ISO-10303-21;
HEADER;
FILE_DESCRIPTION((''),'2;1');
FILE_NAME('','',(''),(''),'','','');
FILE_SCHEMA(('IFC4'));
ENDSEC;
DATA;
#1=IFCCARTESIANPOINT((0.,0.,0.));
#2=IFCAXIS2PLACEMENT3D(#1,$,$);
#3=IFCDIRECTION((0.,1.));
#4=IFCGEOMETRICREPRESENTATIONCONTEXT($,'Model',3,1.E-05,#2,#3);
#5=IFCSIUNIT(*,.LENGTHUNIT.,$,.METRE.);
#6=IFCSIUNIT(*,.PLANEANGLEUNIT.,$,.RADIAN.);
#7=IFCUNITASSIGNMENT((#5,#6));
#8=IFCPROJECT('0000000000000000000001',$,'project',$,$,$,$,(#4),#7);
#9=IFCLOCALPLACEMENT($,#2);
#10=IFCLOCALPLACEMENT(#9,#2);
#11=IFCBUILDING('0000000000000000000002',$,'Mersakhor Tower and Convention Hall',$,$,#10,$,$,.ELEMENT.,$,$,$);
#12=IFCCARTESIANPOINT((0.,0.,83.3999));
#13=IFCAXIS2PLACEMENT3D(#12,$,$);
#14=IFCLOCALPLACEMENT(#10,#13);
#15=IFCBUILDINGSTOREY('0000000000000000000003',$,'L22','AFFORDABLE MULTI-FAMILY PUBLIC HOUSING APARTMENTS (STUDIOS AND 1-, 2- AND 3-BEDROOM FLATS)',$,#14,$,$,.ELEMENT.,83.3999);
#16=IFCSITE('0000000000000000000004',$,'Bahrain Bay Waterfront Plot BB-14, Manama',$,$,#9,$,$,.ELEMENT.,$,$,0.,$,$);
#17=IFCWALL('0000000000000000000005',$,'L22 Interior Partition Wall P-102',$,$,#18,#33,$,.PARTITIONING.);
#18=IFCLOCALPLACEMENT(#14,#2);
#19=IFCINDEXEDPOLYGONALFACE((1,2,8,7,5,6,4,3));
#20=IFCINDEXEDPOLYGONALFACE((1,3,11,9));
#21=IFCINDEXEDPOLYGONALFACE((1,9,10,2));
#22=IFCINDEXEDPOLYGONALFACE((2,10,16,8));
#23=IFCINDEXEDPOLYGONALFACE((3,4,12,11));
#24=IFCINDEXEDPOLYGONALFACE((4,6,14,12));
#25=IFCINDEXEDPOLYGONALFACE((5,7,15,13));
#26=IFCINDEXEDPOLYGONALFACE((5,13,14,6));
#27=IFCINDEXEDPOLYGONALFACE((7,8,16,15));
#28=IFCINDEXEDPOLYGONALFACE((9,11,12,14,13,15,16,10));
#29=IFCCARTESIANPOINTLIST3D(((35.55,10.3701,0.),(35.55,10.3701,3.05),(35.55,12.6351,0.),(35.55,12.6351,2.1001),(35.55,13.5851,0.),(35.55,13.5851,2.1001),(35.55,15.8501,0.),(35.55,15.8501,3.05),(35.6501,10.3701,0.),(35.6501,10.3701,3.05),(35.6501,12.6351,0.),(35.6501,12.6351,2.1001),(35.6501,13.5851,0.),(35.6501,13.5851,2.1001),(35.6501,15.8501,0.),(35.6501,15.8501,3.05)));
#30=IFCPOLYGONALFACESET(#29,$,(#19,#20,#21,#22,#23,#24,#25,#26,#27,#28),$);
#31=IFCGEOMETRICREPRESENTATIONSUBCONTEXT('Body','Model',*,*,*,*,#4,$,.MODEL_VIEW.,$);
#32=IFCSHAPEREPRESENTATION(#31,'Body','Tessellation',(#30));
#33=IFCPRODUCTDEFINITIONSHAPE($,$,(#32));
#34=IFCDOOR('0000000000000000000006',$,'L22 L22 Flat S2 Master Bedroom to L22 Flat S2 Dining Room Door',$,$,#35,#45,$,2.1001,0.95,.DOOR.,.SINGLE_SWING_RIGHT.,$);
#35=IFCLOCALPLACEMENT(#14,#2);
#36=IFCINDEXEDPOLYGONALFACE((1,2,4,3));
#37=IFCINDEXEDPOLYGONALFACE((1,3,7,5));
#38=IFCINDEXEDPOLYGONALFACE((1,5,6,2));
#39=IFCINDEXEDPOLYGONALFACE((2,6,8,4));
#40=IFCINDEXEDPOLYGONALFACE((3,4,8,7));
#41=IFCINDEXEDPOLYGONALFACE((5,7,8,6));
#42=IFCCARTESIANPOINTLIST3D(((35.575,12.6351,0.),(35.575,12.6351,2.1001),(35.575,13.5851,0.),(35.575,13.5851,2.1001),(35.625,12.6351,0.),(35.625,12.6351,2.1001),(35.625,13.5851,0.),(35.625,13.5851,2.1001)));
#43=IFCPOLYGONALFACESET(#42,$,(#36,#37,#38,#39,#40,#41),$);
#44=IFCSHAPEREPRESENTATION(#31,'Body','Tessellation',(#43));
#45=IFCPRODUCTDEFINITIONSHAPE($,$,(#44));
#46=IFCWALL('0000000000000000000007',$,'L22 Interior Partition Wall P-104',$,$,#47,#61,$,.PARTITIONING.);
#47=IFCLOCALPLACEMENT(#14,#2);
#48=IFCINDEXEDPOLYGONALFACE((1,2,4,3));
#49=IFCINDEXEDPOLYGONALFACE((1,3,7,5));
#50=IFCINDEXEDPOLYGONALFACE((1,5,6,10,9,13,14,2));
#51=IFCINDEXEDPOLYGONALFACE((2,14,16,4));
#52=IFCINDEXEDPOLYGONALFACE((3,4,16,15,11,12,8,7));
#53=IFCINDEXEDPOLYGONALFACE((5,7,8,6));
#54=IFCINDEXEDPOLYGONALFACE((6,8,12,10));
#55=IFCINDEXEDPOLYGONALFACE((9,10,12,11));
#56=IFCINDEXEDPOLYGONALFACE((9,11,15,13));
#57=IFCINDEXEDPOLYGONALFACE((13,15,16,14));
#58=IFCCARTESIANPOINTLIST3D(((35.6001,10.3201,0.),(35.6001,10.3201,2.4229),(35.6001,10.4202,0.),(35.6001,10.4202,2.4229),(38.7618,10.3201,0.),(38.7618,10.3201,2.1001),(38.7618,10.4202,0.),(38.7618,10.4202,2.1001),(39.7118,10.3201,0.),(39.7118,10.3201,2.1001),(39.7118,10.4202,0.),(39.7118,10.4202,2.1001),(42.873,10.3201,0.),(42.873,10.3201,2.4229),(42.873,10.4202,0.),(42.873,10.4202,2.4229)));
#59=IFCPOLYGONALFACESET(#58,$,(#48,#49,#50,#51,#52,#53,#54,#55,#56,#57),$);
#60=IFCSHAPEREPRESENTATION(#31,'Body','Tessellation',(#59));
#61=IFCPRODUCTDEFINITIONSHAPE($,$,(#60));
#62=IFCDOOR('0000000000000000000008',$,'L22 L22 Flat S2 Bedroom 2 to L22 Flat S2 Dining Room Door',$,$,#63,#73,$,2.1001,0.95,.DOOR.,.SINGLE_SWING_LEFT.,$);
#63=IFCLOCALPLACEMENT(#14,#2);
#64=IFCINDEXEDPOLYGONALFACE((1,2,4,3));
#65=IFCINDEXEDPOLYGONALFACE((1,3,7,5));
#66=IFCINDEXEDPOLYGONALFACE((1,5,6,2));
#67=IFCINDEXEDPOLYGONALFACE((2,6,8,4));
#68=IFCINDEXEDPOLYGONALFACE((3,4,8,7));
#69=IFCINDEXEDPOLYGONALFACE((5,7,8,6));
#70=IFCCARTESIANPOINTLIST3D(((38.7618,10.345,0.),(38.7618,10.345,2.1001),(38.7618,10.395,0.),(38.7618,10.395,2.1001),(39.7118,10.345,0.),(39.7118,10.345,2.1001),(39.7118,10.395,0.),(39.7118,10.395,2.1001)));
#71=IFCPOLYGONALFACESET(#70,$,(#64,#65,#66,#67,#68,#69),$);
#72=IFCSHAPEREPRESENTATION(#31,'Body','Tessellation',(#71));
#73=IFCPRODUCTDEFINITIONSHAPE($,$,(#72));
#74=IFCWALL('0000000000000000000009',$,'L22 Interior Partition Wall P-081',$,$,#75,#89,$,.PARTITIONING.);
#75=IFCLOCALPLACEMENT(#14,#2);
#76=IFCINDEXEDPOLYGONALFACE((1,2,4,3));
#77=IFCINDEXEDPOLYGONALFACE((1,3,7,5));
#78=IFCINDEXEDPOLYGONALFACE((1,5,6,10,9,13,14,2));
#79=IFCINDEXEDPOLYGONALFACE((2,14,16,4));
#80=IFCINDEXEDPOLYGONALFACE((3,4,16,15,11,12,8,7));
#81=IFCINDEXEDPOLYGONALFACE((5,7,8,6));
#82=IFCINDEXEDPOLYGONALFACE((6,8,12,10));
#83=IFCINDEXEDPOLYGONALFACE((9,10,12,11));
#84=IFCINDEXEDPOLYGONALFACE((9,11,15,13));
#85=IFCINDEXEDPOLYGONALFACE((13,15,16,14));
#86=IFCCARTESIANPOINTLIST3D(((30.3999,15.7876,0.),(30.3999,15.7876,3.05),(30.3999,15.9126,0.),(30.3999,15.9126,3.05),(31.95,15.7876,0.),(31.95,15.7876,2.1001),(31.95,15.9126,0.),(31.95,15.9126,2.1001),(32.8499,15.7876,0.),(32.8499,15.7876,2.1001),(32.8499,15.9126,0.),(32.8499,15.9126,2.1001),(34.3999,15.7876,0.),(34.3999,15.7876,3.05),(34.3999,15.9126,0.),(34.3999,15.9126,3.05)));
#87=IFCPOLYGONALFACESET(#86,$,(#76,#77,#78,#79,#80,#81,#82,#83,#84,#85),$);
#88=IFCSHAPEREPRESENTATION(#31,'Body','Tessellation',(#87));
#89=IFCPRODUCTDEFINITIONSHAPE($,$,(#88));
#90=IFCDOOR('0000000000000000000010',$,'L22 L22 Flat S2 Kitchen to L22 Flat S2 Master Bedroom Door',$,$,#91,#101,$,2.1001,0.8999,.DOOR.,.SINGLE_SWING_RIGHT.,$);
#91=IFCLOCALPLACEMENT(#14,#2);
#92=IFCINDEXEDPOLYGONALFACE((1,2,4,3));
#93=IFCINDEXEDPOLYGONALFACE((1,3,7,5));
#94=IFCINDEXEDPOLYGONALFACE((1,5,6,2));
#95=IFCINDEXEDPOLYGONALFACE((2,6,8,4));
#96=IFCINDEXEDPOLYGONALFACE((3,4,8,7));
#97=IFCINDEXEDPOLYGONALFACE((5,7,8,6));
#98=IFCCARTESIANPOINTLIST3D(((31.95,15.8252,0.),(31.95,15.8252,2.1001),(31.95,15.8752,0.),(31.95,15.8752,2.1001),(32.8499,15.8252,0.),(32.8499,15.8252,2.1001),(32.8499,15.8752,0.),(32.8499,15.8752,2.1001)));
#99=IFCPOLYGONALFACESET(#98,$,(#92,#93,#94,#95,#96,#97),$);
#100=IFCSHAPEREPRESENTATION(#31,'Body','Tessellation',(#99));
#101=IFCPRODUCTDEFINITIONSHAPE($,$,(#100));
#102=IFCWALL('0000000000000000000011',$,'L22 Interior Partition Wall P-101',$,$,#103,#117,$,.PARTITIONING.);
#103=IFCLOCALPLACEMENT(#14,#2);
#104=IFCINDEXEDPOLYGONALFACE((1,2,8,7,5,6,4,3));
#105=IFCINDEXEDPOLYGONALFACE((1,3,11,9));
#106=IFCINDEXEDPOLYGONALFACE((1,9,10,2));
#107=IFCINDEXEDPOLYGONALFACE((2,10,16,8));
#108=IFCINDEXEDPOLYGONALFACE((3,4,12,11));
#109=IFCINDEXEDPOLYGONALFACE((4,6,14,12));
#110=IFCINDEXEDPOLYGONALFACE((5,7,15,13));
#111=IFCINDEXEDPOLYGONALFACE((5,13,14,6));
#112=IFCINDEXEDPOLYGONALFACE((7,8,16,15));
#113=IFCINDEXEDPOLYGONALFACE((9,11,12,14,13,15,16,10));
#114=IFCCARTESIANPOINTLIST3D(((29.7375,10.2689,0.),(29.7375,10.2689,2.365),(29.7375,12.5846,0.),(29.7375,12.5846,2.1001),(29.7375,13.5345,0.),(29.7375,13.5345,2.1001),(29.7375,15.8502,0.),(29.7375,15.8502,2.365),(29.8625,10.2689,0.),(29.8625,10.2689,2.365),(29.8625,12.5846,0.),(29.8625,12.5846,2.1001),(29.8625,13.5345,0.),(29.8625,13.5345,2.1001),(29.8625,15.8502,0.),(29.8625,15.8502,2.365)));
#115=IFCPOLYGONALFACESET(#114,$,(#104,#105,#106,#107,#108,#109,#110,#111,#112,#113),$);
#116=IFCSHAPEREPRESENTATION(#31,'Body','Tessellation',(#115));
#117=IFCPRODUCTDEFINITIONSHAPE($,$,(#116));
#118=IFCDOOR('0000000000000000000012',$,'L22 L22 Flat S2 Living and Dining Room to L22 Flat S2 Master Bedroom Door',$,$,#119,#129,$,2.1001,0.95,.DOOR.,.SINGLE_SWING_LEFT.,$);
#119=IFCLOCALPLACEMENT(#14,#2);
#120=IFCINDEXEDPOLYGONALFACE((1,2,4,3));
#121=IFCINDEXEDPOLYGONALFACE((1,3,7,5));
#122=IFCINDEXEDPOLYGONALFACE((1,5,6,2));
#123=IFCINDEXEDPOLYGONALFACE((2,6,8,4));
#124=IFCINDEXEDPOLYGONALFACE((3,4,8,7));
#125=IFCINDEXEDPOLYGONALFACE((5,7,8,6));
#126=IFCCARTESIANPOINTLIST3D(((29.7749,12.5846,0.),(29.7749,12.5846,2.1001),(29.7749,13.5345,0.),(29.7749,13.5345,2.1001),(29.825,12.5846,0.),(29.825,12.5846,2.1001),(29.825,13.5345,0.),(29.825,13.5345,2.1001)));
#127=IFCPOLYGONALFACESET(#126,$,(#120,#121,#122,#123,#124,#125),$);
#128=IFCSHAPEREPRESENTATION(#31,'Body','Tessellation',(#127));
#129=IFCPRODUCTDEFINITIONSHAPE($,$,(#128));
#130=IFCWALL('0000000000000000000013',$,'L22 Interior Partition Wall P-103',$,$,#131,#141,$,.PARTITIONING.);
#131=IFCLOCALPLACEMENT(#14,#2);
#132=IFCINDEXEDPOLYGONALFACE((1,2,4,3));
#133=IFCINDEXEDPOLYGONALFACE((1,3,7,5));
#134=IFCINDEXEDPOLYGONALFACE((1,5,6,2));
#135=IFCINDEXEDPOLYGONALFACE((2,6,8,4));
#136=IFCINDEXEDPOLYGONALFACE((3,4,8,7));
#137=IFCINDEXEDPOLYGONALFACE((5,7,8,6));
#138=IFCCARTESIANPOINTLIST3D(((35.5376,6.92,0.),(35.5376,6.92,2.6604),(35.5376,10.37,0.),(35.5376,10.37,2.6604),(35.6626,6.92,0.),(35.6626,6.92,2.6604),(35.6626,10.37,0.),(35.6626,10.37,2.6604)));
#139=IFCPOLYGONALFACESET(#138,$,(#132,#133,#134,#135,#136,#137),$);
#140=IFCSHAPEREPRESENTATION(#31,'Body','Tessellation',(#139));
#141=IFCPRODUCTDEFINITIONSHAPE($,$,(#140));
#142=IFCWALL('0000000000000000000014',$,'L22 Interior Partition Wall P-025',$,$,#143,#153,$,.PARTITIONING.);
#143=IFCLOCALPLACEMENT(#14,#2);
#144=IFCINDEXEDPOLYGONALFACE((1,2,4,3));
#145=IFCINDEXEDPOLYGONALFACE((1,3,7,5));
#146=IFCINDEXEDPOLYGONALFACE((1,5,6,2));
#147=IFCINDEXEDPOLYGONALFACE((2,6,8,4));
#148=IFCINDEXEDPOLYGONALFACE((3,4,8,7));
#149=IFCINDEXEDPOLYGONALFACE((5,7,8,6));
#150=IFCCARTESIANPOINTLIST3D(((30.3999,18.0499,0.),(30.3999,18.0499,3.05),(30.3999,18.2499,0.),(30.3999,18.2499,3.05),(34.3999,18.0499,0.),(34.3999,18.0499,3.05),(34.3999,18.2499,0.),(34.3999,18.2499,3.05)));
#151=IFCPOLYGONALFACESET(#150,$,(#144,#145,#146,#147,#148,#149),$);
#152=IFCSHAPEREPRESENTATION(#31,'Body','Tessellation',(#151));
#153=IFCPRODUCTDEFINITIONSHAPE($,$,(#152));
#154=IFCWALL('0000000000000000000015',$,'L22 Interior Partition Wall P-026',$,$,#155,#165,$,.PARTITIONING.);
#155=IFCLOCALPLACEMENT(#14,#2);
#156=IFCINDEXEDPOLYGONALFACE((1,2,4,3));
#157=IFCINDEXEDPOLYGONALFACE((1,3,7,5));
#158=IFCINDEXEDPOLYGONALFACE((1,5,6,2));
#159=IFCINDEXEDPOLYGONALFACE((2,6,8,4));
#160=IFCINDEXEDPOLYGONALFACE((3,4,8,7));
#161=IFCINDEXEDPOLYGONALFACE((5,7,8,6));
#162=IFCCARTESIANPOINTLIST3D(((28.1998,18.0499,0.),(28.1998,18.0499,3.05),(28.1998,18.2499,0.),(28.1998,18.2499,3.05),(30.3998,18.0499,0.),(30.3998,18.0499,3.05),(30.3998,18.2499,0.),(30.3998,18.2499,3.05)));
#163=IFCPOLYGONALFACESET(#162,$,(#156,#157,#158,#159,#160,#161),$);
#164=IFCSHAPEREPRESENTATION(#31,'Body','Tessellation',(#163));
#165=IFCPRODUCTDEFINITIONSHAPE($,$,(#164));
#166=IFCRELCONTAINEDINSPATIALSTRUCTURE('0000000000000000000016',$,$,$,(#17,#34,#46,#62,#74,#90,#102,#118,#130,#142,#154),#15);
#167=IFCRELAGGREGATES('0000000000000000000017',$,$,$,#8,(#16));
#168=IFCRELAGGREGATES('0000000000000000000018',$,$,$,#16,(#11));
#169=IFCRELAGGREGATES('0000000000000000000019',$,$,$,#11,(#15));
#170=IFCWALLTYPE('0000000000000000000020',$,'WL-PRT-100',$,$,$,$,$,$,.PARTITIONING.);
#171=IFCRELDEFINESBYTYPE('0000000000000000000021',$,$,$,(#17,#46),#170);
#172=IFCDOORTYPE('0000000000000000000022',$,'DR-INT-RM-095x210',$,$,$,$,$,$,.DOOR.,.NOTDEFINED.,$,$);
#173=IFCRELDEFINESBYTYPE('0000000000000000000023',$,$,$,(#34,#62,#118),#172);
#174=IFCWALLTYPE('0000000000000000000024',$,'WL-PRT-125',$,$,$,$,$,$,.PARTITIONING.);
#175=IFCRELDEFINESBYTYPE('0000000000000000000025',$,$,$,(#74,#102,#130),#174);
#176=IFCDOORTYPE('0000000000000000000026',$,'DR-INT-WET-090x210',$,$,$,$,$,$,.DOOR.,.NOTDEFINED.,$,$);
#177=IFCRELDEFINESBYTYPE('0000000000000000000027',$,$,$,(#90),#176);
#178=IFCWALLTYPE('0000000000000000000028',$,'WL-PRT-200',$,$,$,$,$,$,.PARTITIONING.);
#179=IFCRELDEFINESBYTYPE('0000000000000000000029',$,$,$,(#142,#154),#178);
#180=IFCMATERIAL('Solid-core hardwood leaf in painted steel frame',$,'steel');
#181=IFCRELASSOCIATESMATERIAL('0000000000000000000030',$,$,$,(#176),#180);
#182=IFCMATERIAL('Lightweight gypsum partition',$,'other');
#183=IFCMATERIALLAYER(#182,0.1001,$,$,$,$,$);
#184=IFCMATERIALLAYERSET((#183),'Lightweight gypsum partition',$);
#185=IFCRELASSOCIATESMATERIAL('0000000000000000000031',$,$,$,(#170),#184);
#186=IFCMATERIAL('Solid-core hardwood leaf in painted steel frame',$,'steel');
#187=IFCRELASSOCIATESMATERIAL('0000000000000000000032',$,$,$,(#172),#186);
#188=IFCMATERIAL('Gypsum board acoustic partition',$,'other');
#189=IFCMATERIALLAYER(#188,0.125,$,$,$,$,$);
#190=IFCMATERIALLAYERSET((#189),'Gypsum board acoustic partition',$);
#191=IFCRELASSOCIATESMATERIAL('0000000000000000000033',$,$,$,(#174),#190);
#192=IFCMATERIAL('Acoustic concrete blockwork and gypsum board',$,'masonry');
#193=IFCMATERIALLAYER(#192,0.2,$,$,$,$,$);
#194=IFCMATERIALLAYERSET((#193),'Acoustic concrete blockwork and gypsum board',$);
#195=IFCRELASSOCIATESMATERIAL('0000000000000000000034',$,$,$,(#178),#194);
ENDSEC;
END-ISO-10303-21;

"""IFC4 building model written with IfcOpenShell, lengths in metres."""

from ifc_helpers import new_model, si_unit, direction, frame, frame_2d, origin, place, context, subcontext, project, spatial, rectangle, extrude, material, layer, layer_set, type_object, element, fill, save


model = new_model("IFC4")

# Units and contexts
model_context = context("Model", 3, precision=1e-05, world=origin(), true_north=direction((0.0, 1.0)))
body_context = subcontext(model_context, "Body", "Model", "MODEL_VIEW")
ifc_project = project(units=[si_unit("LENGTHUNIT", "METRE"), si_unit("PLANEANGLEUNIT", "RADIAN")], contexts=[model_context])

# Site, building, storey
site_placement = place(None, origin())
site = spatial("IfcSite", under=ifc_project, at=site_placement, Name="Bahrain Bay Waterfront Plot BB-14, Manama", CompositionType="ELEMENT", RefElevation=0.0)
building_placement = place(site_placement, origin())
building = spatial("IfcBuilding", under=site, at=building_placement, Name="Mersakhor Tower and Convention Hall", CompositionType="ELEMENT")
storey_placement = place(building_placement, frame((0.0, 0.0, 83.3999)))
storey = spatial("IfcBuildingStorey", under=building, at=storey_placement, Name="L22", Description="AFFORDABLE MULTI-FAMILY PUBLIC HOUSING APARTMENTS (STUDIOS AND 1-, 2- AND 3-BEDROOM FLATS)", CompositionType="ELEMENT", Elevation=83.3999)

# Shared definitions
ifc_material_1 = material(Name="Solid-core hardwood leaf in painted steel frame", Category="steel")
door_type_1 = type_object("IfcDoorType", Name="DR-INT-WET-090x210", OperationType="NOTDEFINED", PredefinedType="DOOR", material=ifc_material_1)

# Walls, openings, doors
ifc_material_2 = material(Name="Lightweight gypsum partition", Category="other")
ifc_layer_1 = layer(ifc_material_2, 0.1001)
ifc_layer_set_1 = layer_set([ifc_layer_1], Name="Lightweight gypsum partition")
wall_type_1 = type_object("IfcWallType", Name="WL-PRT-100", PredefinedType="PARTITIONING", material=ifc_layer_set_1)
wall_1_placement = place(storey_placement, frame((35.6001, 15.8501, 0.0), z_axis=(0.0, 0.0, 1.0), x_axis=(0.0, -1.0, 0.0)))
wall_1 = element("IfcWall", 1, at=wall_1_placement, inside=storey, type_object=wall_type_1, Name="L22 Interior Partition Wall P-102", PredefinedType="PARTITIONING", context=body_context, shape_type="SweptSolid", body=[
    extrude(rectangle(XDim=5.48, YDim=0.1001, at=frame_2d((2.74, 0.0))), origin(), (0.0, 0.0, 1.0), 3.05),
])
opening_1_placement = place(wall_1_placement, frame((2.2649, 0.0, 0.0)))
opening_1 = element("IfcOpeningElement", 2, at=opening_1_placement, cuts=wall_1, PredefinedType="OPENING", context=body_context, shape_type="SweptSolid", body=[
    extrude(rectangle(XDim=0.95, YDim=2.1001, at=frame_2d((0.4751, 1.05))), frame((0.0, 0.0601, 0.0), z_axis=(0.0, -1.0, 0.0), x_axis=(1.0, 0.0, 0.0)), (0.0, 0.0, 1.0), 0.1201),
])
ifc_material_3 = material(Name="Solid-core hardwood leaf in painted steel frame", Category="steel")
door_type_2 = type_object("IfcDoorType", Name="DR-INT-RM-095x210", OperationType="NOTDEFINED", PredefinedType="DOOR", material=ifc_material_3)
door_1_placement = place(opening_1_placement, origin())
door_1 = element("IfcDoor", 3, at=door_1_placement, inside=storey, type_object=door_type_2, Name="L22 L22 Flat S2 Master Bedroom to L22 Flat S2 Dining Room Door", OperationType="SINGLE_SWING_RIGHT", OverallHeight=2.1001, OverallWidth=0.95, PredefinedType="DOOR", context=body_context, shape_type="SweptSolid", body=[
    extrude(rectangle(XDim=0.95, YDim=2.1001, at=frame_2d((0.4751, 1.05))), frame((0.0, 0.0249, 0.0), z_axis=(0.0, -1.0, 0.0), x_axis=(1.0, 0.0, 0.0)), (0.0, 0.0, 1.0), 0.05),
])
fill(opening_1, door_1)
wall_2_placement = place(storey_placement, frame((35.6001, 10.3701, 0.0), z_axis=(0.0, 0.0, 1.0), x_axis=(1.0, 0.0, 0.0)))
wall_2 = element("IfcWall", 4, at=wall_2_placement, inside=storey, type_object=wall_type_1, Name="L22 Interior Partition Wall P-104", PredefinedType="PARTITIONING", context=body_context, shape_type="SweptSolid", body=[
    extrude(rectangle(XDim=7.2729, YDim=0.1001, at=frame_2d((3.6365, 0.0))), origin(), (0.0, 0.0, 1.0), 2.4229),
])
opening_2_placement = place(wall_2_placement, frame((3.1616, 0.0, 0.0)))
opening_2 = element("IfcOpeningElement", 5, at=opening_2_placement, cuts=wall_2, PredefinedType="OPENING", context=body_context, shape_type="SweptSolid", body=[
    extrude(rectangle(XDim=0.95, YDim=2.1001, at=frame_2d((0.4751, 1.05))), frame((0.0, 0.0601, 0.0), z_axis=(0.0, -1.0, 0.0), x_axis=(1.0, 0.0, 0.0)), (0.0, 0.0, 1.0), 0.1201),
])
door_2_placement = place(opening_2_placement, origin())
door_2 = element("IfcDoor", 6, at=door_2_placement, inside=storey, type_object=door_type_2, Name="L22 L22 Flat S2 Bedroom 2 to L22 Flat S2 Dining Room Door", OperationType="SINGLE_SWING_LEFT", OverallHeight=2.1001, OverallWidth=0.95, PredefinedType="DOOR", context=body_context, shape_type="SweptSolid", body=[
    extrude(rectangle(XDim=0.95, YDim=2.1001, at=frame_2d((0.4751, 1.05))), frame((0.0, 0.0249, 0.0), z_axis=(0.0, -1.0, 0.0), x_axis=(1.0, 0.0, 0.0)), (0.0, 0.0, 1.0), 0.05),
])
fill(opening_2, door_2)
ifc_material_4 = material(Name="Gypsum board acoustic partition", Category="other")
ifc_layer_2 = layer(ifc_material_4, 0.125)
ifc_layer_set_2 = layer_set([ifc_layer_2], Name="Gypsum board acoustic partition")
wall_type_2 = type_object("IfcWallType", Name="WL-PRT-125", PredefinedType="PARTITIONING", material=ifc_layer_set_2)
wall_3_placement = place(storey_placement, frame((34.3999, 15.8501, 0.0), z_axis=(0.0, 0.0, 1.0), x_axis=(-1.0, 0.0, 0.0)))
wall_3 = element("IfcWall", 7, at=wall_3_placement, inside=storey, type_object=wall_type_2, Name="L22 Interior Partition Wall P-081", PredefinedType="PARTITIONING", context=body_context, shape_type="SweptSolid", body=[
    extrude(rectangle(XDim=4.0, YDim=0.125, at=frame_2d((2.0, 0.0))), origin(), (0.0, 0.0, 1.0), 3.05),
])
opening_3_placement = place(wall_3_placement, frame((1.55, 0.0, 0.0)))
opening_3 = element("IfcOpeningElement", 8, at=opening_3_placement, cuts=wall_3, PredefinedType="OPENING", context=body_context, shape_type="SweptSolid", body=[
    extrude(rectangle(XDim=0.8999, YDim=2.1001, at=frame_2d((0.45, 1.05))), frame((0.0, 0.0725, 0.0), z_axis=(0.0, -1.0, 0.0), x_axis=(1.0, 0.0, 0.0)), (0.0, 0.0, 1.0), 0.145),
])
door_3_placement = place(opening_3_placement, origin())
door_3 = element("IfcDoor", 9, at=door_3_placement, inside=storey, type_object=door_type_1, Name="L22 L22 Flat S2 Kitchen to L22 Flat S2 Master Bedroom Door", OperationType="SINGLE_SWING_RIGHT", OverallHeight=2.1001, OverallWidth=0.8999, PredefinedType="DOOR", context=body_context, shape_type="SweptSolid", body=[
    extrude(rectangle(XDim=0.8999, YDim=2.1001, at=frame_2d((0.45, 1.05))), frame((0.0, 0.0249, 0.0), z_axis=(0.0, -1.0, 0.0), x_axis=(1.0, 0.0, 0.0)), (0.0, 0.0, 1.0), 0.05),
])
fill(opening_3, door_3)
wall_4_placement = place(storey_placement, frame((29.8, 15.8501, 0.0), z_axis=(0.0, 0.0, 1.0), x_axis=(0.0, -1.0, 0.0)))
wall_4 = element("IfcWall", 10, at=wall_4_placement, inside=storey, type_object=wall_type_2, Name="L22 Interior Partition Wall P-101", PredefinedType="PARTITIONING", context=body_context, shape_type="SweptSolid", body=[
    extrude(rectangle(XDim=5.5813, YDim=0.125, at=frame_2d((2.7905, 0.0))), origin(), (0.0, 0.0, 1.0), 2.365),
])
opening_4_placement = place(wall_4_placement, frame((2.3154, 0.0, 0.0)))
opening_4 = element("IfcOpeningElement", 11, at=opening_4_placement, cuts=wall_4, PredefinedType="OPENING", context=body_context, shape_type="SweptSolid", body=[
    extrude(rectangle(XDim=0.95, YDim=2.1001, at=frame_2d((0.4751, 1.05))), frame((0.0, 0.0725, 0.0), z_axis=(0.0, -1.0, 0.0), x_axis=(1.0, 0.0, 0.0)), (0.0, 0.0, 1.0), 0.145),
])
door_4_placement = place(opening_4_placement, origin())
door_4 = element("IfcDoor", 12, at=door_4_placement, inside=storey, type_object=door_type_2, Name="L22 L22 Flat S2 Living and Dining Room to L22 Flat S2 Master Bedroom Door", OperationType="SINGLE_SWING_LEFT", OverallHeight=2.1001, OverallWidth=0.95, PredefinedType="DOOR", context=body_context, shape_type="SweptSolid", body=[
    extrude(rectangle(XDim=0.95, YDim=2.1001, at=frame_2d((0.4751, 1.05))), frame((0.0, 0.0249, 0.0), z_axis=(0.0, -1.0, 0.0), x_axis=(1.0, 0.0, 0.0)), (0.0, 0.0, 1.0), 0.05),
])
fill(opening_4, door_4)

# Walls
wall_5_placement = place(storey_placement, frame((35.6001, 10.3701, 0.0), z_axis=(0.0, 0.0, 1.0), x_axis=(0.0, -1.0, 0.0)))
element("IfcWall", 13, at=wall_5_placement, inside=storey, type_object=wall_type_2, Name="L22 Interior Partition Wall P-103", PredefinedType="PARTITIONING", context=body_context, shape_type="SweptSolid", body=[
    extrude(rectangle(XDim=3.45, YDim=0.125, at=frame_2d((1.7251, 0.0))), origin(), (0.0, 0.0, 1.0), 2.6604),
])
ifc_material_5 = material(Name="Acoustic concrete blockwork and gypsum board", Category="masonry")
ifc_layer_3 = layer(ifc_material_5, 0.2)
ifc_layer_set_3 = layer_set([ifc_layer_3], Name="Acoustic concrete blockwork and gypsum board")
wall_type_3 = type_object("IfcWallType", Name="WL-PRT-200", PredefinedType="PARTITIONING", material=ifc_layer_set_3)
wall_6_placement = place(storey_placement, frame((34.3999, 18.1499, 0.0), z_axis=(0.0, 0.0, 1.0), x_axis=(-1.0, 0.0, 0.0)))
element("IfcWall", 14, at=wall_6_placement, inside=storey, type_object=wall_type_3, Name="L22 Interior Partition Wall P-025", PredefinedType="PARTITIONING", context=body_context, shape_type="SweptSolid", body=[
    extrude(rectangle(XDim=4.0, YDim=0.2, at=frame_2d((2.0, 0.0))), origin(), (0.0, 0.0, 1.0), 3.05),
])
wall_7_placement = place(storey_placement, frame((30.3999, 18.1499, 0.0), z_axis=(0.0, 0.0, 1.0), x_axis=(-1.0, 0.0, 0.0)))
element("IfcWall", 15, at=wall_7_placement, inside=storey, type_object=wall_type_3, Name="L22 Interior Partition Wall P-026", PredefinedType="PARTITIONING", context=body_context, shape_type="SweptSolid", body=[
    extrude(rectangle(XDim=2.2, YDim=0.2, at=frame_2d((1.1001, 0.0))), origin(), (0.0, 0.0, 1.0), 3.05),
])

save(model, "model.ifc")
